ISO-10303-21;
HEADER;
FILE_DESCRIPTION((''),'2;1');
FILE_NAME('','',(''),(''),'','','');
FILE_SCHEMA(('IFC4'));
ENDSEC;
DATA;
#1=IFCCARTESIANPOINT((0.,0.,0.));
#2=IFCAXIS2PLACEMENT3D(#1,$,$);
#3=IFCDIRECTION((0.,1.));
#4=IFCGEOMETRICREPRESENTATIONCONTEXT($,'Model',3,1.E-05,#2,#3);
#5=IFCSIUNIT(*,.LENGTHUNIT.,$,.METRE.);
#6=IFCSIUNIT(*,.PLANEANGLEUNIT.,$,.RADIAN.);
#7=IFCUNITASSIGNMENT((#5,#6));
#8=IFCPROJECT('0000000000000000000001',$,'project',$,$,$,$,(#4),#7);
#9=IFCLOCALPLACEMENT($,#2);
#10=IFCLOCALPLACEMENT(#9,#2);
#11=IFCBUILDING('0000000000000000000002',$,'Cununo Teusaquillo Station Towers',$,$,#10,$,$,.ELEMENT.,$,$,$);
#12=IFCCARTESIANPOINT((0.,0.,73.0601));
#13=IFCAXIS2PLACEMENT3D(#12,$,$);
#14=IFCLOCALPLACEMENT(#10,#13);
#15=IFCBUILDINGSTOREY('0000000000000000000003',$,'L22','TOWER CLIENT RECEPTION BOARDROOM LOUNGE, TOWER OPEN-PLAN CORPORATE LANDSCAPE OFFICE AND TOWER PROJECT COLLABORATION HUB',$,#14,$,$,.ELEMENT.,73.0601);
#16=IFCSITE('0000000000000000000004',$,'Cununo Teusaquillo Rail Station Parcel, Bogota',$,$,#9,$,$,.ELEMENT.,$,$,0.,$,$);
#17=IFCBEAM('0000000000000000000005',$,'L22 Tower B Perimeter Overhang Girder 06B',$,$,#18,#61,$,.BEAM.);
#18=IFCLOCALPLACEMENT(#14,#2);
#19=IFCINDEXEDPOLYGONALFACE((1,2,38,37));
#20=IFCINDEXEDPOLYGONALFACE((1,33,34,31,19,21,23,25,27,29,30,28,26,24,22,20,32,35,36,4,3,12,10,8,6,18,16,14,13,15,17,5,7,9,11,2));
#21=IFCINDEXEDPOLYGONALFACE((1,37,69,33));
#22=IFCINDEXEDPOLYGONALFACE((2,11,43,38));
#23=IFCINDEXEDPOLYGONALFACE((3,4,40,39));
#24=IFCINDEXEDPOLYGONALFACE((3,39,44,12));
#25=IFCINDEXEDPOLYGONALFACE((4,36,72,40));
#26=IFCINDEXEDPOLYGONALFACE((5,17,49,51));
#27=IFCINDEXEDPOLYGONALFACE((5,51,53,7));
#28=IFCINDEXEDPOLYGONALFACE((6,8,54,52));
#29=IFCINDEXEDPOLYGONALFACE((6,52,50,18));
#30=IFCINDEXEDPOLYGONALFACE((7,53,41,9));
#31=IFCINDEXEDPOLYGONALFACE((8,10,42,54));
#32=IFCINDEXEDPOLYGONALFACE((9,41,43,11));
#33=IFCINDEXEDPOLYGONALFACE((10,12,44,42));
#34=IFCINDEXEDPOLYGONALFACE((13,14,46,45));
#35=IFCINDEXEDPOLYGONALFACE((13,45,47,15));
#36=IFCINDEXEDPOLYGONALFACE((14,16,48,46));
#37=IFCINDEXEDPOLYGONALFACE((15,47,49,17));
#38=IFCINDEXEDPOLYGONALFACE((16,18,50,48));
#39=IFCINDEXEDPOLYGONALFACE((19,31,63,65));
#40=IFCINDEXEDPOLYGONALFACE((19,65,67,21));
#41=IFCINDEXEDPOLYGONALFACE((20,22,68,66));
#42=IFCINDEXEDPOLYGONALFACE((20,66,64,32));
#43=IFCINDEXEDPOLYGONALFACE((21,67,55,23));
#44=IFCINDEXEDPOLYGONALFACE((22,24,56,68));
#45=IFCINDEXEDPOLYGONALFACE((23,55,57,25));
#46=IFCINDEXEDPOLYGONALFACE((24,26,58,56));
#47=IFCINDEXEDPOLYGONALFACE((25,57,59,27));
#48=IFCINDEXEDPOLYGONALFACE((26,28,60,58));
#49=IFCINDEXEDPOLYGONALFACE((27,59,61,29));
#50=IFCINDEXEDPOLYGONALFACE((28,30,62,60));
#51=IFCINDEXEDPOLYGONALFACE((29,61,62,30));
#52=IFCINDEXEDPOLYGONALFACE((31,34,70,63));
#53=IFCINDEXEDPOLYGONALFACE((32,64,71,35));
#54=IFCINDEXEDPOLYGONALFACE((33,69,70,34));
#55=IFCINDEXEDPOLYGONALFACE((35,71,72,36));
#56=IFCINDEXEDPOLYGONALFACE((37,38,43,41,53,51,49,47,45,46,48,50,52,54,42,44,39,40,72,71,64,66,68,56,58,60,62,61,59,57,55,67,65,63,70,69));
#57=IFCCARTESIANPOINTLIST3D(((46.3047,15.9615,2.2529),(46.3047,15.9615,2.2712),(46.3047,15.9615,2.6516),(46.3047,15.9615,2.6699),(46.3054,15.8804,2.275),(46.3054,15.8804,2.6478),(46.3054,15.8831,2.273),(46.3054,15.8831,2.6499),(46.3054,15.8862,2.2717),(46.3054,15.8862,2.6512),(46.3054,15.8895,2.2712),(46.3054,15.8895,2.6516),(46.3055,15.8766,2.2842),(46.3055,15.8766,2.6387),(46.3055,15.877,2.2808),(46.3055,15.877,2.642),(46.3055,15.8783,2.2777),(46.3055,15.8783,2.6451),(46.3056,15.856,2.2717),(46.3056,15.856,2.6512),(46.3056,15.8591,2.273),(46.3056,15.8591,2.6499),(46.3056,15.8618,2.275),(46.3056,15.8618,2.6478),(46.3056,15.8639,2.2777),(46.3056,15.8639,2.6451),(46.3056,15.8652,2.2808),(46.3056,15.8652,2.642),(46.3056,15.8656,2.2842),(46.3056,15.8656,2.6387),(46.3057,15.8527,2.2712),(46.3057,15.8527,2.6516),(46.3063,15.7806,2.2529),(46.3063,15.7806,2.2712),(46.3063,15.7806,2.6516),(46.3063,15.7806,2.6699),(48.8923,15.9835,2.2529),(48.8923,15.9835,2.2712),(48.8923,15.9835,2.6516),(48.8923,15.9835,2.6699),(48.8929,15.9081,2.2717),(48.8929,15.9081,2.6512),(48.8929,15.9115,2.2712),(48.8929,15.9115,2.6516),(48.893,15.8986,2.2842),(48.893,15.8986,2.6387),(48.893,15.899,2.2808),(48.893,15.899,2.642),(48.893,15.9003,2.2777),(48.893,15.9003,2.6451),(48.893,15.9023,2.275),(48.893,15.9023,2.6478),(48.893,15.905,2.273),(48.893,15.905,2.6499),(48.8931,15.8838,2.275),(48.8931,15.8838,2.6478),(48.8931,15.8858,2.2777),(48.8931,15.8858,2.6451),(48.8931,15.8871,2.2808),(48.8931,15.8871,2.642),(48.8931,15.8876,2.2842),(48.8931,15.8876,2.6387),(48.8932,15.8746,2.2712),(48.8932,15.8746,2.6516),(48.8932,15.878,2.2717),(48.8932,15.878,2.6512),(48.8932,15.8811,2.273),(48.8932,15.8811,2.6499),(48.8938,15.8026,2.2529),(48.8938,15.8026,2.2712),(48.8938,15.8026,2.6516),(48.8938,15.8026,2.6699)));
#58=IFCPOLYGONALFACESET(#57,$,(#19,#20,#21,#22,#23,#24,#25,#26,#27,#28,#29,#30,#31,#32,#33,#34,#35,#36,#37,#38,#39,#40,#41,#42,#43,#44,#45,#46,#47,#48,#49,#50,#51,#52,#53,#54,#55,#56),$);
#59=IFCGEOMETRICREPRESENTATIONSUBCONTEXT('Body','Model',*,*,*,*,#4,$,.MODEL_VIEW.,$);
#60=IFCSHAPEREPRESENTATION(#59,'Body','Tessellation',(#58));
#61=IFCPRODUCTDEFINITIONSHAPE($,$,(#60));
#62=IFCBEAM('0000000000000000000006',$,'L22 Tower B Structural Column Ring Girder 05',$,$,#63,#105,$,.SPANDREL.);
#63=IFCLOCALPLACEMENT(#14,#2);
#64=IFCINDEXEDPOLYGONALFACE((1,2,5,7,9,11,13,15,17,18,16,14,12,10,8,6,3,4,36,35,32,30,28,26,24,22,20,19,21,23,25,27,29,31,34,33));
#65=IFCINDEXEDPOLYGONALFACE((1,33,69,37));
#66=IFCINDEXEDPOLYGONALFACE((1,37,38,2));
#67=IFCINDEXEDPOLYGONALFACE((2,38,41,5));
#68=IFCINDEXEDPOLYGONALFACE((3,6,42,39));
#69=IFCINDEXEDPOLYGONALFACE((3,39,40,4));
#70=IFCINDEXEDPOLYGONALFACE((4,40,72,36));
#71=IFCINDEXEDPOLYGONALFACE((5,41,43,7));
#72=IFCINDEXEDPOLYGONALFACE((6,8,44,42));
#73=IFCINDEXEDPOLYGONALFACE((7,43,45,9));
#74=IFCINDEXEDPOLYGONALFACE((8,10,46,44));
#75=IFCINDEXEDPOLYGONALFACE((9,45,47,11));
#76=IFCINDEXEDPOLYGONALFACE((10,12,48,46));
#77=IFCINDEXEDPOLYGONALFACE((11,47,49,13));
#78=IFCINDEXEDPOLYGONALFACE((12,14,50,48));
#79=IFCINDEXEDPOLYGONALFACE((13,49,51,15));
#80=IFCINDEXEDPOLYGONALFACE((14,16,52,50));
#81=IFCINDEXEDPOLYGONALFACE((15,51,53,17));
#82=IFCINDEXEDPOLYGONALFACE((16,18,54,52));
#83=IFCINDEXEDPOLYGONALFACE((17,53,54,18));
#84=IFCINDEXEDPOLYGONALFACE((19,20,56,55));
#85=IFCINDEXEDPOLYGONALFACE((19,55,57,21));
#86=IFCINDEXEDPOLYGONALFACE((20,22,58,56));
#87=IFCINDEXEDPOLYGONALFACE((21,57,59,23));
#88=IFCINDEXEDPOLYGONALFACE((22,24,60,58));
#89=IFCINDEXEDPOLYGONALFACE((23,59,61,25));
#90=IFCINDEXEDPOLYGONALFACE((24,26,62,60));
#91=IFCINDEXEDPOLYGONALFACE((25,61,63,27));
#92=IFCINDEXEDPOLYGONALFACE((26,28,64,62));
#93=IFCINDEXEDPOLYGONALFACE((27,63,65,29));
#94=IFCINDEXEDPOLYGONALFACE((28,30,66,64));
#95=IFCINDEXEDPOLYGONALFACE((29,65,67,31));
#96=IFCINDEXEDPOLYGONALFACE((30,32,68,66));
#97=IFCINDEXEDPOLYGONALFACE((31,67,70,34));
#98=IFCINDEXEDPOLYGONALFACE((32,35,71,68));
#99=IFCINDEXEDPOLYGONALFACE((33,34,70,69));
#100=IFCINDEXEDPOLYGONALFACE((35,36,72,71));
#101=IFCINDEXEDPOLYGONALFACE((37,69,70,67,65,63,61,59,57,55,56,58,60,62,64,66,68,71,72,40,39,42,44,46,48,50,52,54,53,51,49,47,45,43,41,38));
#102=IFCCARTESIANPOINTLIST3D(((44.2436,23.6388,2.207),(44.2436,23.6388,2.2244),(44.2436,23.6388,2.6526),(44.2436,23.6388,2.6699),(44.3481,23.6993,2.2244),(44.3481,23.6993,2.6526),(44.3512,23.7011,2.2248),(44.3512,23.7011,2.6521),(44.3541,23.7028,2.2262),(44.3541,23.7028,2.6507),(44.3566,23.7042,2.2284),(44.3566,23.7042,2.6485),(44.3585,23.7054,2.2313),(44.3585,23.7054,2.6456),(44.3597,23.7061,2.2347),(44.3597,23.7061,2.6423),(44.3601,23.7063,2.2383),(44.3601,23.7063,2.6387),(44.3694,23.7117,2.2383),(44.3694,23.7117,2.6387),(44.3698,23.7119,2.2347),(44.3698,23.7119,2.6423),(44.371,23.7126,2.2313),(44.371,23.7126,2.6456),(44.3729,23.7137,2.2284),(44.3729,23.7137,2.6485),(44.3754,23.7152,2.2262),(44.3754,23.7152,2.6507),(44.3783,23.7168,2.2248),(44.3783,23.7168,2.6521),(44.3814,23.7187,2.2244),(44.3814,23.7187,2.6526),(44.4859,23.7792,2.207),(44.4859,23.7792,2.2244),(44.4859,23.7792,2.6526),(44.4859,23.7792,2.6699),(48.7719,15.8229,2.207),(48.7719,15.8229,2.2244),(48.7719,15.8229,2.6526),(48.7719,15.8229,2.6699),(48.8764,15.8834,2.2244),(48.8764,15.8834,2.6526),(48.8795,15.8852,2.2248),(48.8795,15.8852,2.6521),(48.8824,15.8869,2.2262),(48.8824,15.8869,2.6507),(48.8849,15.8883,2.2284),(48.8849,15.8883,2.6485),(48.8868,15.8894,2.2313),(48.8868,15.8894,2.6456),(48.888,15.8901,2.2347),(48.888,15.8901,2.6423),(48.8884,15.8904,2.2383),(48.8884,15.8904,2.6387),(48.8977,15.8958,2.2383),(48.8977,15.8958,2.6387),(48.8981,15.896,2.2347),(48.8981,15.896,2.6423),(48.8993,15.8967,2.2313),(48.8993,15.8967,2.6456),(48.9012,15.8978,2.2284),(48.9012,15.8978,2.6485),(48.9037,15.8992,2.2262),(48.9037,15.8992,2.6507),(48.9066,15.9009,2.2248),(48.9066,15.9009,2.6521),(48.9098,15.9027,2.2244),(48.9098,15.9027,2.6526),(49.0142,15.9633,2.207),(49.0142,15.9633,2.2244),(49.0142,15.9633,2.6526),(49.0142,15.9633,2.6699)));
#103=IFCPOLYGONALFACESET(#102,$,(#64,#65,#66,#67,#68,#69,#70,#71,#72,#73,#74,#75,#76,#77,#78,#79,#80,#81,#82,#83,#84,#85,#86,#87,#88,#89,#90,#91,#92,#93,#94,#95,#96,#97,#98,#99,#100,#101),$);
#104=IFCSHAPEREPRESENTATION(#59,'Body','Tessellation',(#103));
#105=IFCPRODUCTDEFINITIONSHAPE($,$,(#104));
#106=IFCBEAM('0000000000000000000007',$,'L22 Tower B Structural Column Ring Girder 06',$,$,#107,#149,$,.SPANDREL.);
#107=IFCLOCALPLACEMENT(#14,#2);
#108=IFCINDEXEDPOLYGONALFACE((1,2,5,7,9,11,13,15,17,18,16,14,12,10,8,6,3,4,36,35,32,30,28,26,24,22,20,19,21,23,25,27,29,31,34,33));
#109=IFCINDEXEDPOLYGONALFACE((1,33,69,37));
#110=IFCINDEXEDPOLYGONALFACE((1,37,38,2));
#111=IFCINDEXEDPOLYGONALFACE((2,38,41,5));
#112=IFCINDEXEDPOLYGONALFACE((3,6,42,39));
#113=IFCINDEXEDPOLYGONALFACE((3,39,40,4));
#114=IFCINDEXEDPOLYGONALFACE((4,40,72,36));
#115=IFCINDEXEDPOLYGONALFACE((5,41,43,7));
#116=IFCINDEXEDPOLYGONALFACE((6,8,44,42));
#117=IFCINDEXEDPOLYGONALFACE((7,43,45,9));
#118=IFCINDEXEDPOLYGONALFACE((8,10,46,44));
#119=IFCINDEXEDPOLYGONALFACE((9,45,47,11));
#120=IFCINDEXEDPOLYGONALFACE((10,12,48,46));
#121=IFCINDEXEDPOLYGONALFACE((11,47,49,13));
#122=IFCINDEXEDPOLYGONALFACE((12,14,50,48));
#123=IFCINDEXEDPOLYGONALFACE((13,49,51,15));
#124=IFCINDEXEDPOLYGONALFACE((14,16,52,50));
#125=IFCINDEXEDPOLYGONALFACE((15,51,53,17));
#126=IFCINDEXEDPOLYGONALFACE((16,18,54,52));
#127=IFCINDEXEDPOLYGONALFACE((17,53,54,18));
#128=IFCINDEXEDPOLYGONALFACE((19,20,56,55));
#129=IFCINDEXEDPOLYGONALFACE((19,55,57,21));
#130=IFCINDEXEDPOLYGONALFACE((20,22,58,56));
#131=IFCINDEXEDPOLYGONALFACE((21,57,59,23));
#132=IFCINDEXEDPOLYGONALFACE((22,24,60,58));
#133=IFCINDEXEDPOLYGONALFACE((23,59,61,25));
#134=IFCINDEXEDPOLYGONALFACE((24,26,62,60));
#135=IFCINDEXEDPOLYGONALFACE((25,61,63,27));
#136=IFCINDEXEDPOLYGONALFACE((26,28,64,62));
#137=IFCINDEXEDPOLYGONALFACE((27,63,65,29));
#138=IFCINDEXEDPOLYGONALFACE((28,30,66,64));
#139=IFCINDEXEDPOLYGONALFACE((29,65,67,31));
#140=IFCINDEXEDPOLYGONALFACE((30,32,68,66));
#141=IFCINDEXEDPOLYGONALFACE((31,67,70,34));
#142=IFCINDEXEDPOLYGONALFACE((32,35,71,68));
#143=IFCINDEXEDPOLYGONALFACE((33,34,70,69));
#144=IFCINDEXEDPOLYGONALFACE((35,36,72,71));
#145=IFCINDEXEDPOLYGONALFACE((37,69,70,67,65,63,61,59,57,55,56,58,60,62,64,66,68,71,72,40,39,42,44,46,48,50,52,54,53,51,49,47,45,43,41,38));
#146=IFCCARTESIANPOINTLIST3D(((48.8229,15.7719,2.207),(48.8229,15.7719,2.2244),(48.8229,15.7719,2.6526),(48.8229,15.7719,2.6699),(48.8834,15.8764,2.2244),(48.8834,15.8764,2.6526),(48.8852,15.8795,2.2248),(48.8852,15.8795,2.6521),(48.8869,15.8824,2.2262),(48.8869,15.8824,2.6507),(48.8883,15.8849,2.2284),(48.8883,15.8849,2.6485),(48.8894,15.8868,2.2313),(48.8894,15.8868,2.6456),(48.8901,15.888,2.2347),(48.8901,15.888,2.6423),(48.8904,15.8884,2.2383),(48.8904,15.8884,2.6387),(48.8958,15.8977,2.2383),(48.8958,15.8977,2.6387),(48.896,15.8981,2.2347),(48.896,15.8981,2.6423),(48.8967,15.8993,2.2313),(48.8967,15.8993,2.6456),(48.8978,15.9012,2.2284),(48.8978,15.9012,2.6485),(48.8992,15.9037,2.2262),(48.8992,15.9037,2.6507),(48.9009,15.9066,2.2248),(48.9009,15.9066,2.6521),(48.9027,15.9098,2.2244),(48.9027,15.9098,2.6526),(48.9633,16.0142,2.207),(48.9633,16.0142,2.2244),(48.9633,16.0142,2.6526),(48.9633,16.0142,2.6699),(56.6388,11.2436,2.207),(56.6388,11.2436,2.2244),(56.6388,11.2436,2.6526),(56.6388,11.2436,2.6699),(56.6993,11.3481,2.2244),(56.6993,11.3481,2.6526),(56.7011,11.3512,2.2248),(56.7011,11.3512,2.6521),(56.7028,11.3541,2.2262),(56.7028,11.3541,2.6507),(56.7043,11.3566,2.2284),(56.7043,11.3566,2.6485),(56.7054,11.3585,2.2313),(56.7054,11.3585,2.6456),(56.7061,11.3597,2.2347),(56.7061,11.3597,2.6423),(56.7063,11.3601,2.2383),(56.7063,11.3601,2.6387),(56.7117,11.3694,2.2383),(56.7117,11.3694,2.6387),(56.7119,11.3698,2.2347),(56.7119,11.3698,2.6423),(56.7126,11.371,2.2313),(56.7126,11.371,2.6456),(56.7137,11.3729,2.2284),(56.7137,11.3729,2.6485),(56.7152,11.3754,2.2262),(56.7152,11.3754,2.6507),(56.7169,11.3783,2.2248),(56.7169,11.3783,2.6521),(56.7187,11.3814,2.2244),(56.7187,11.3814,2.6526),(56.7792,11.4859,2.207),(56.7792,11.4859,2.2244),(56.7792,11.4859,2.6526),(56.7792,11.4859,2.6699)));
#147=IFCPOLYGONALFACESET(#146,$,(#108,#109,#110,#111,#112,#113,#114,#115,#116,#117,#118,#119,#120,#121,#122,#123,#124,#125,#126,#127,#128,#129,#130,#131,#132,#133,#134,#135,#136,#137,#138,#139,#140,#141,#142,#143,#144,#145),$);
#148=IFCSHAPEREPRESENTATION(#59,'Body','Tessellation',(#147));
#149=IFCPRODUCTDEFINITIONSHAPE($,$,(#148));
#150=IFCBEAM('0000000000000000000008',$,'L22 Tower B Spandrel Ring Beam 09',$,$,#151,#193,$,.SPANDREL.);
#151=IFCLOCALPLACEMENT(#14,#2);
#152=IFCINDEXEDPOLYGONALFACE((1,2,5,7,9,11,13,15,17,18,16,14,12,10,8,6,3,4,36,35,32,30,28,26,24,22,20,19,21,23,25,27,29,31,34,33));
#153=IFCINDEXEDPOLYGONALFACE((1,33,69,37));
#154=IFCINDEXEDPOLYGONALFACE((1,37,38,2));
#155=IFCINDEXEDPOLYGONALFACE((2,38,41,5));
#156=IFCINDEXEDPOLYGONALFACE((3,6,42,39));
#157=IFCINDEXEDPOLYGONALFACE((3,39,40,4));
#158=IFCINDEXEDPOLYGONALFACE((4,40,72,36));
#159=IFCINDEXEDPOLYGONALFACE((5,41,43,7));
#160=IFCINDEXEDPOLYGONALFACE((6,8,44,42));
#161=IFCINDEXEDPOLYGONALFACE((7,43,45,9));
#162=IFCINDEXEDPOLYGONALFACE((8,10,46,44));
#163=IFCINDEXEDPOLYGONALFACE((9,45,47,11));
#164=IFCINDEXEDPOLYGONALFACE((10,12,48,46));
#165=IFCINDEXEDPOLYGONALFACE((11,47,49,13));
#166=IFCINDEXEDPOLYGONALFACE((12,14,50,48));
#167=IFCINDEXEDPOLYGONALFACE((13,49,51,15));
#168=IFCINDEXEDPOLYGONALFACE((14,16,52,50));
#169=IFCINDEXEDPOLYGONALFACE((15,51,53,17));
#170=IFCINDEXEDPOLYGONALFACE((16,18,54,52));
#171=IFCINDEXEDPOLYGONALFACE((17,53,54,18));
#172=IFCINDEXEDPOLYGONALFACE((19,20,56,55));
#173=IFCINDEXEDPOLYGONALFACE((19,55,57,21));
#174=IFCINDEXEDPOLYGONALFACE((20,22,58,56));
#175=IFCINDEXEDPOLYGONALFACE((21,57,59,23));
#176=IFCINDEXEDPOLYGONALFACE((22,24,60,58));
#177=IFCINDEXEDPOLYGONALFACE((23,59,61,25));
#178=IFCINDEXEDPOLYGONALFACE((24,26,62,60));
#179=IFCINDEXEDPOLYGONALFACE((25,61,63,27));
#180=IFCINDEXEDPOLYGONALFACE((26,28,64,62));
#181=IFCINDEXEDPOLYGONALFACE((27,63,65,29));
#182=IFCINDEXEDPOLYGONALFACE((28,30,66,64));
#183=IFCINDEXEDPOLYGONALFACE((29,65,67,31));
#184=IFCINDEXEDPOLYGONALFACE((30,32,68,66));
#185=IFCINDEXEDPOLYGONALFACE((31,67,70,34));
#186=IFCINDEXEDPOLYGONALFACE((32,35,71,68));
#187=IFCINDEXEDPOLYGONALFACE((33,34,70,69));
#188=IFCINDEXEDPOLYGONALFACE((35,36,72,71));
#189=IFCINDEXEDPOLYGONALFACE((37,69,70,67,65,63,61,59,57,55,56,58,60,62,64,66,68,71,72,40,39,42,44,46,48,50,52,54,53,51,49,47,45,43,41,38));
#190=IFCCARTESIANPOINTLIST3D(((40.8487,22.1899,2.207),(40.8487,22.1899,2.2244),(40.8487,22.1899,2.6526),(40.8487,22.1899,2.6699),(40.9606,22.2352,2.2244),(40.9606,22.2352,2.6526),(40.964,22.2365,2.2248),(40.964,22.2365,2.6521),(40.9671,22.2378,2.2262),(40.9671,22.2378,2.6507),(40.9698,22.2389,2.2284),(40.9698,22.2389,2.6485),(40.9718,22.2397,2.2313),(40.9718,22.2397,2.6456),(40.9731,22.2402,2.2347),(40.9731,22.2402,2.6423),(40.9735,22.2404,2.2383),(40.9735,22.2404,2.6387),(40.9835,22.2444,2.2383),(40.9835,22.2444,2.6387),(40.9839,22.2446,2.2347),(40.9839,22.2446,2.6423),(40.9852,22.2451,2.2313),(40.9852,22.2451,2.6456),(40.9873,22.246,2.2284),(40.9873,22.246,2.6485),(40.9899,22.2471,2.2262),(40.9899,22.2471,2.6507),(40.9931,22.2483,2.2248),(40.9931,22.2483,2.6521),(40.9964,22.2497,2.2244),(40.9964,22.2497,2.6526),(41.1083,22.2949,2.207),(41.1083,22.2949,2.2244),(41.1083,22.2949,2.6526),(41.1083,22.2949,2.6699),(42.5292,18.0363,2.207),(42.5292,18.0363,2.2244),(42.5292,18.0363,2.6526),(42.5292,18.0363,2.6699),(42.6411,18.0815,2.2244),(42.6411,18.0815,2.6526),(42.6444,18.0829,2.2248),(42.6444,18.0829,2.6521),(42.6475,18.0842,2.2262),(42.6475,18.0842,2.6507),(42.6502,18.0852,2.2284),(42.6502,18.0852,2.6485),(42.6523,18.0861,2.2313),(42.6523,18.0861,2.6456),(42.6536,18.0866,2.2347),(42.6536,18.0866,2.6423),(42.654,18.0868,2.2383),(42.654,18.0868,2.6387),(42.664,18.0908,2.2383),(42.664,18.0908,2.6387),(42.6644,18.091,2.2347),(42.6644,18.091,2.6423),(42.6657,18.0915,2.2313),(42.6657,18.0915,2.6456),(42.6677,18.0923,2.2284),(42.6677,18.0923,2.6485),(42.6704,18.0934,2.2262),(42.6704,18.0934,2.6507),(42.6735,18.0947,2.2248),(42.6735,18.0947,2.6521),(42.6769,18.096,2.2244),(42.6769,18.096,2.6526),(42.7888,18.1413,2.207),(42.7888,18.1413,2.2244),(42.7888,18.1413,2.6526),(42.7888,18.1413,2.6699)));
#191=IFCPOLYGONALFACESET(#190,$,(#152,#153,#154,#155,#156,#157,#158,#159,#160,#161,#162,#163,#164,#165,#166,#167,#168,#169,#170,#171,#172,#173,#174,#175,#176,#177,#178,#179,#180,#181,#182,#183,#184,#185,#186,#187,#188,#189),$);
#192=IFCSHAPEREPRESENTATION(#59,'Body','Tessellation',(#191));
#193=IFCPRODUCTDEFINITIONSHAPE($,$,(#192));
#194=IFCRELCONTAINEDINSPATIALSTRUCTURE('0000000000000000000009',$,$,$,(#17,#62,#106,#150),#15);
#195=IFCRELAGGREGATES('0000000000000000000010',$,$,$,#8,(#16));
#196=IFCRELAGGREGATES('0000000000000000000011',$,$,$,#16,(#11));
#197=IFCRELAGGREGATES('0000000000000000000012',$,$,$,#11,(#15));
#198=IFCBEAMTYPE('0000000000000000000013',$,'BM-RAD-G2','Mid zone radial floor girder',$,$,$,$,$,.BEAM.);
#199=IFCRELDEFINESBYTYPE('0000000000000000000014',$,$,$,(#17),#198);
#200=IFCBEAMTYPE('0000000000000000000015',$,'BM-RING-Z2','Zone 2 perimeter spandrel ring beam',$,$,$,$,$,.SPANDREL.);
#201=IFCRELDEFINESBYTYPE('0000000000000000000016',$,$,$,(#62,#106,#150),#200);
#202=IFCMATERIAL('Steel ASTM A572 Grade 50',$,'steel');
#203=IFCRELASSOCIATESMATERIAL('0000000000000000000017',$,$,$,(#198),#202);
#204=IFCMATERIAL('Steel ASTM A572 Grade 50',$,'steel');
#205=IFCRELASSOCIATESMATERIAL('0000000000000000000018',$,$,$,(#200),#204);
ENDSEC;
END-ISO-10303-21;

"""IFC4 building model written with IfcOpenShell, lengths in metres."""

from ifc_helpers import new_model, si_unit, direction, frame, origin, origin_2d, place, context, subcontext, project, spatial, i_section, extrude, material, material_profile, profile_set, type_object, element, save


model = new_model("IFC4")

# Units and contexts
model_context = context("Model", 3, precision=1e-05, world=origin(), true_north=direction((0.0, 1.0)))
body_context = subcontext(model_context, "Body", "Model", "MODEL_VIEW")
ifc_project = project(units=[si_unit("LENGTHUNIT", "METRE"), si_unit("PLANEANGLEUNIT", "RADIAN")], contexts=[model_context])

# Site, building, storey
site_placement = place(None, origin())
site = spatial("IfcSite", under=ifc_project, at=site_placement, Name="Cununo Teusaquillo Rail Station Parcel, Bogota", CompositionType="ELEMENT", RefElevation=0.0)
building_placement = place(site_placement, origin())
building = spatial("IfcBuilding", under=site, at=building_placement, Name="Cununo Teusaquillo Station Towers", CompositionType="ELEMENT")
storey_placement = place(building_placement, frame((0.0, 0.0, 73.0601)))
storey = spatial("IfcBuildingStorey", under=building, at=storey_placement, Name="L22", Description="TOWER CLIENT RECEPTION BOARDROOM LOUNGE, TOWER OPEN-PLAN CORPORATE LANDSCAPE OFFICE AND TOWER PROJECT COLLABORATION HUB", CompositionType="ELEMENT", Elevation=73.0601)

# Beams
ifc_material_1 = material(Name="Steel ASTM A572 Grade 50", Category="steel")
ifc_material_profile_1 = material_profile(ifc_material_1, i_section(OverallWidth=0.1809, OverallDepth=0.417, WebThickness=0.011, FlangeThickness=0.0183, FilletRadius=0.0129, at=origin_2d()), Name="W16X57")
ifc_profile_set_1 = profile_set([ifc_material_profile_1], Name="Steel ASTM A572 Grade 50")
beam_type_1 = type_object("IfcBeamType", Name="BM-RAD-G2", Description="Mid zone radial floor girder", PredefinedType="BEAM", material=ifc_profile_set_1)
beam_1_placement = place(storey_placement, frame((48.8931, 15.8931, 2.4614), z_axis=(-0.999964, -0.008491, 0.0), x_axis=(0.008491, -0.999964, 0.0)))
element("IfcBeam", 1, at=beam_1_placement, inside=storey, type_object=beam_type_1, Name="L22 Tower B Perimeter Overhang Girder 06B", PredefinedType="BEAM", context=body_context, shape_type="SweptSolid", body=[
    extrude(i_section(OverallWidth=0.1809, OverallDepth=0.417, WebThickness=0.011, FlangeThickness=0.0183, FilletRadius=0.0129, at=origin_2d()), origin(), (0.0, 0.0, 1.0), 2.5876),
])
ifc_material_2 = material(Name="Steel ASTM A572 Grade 50", Category="steel")
ifc_material_profile_2 = material_profile(ifc_material_2, i_section(OverallWidth=0.28, OverallDepth=0.4629, WebThickness=0.0107, FlangeThickness=0.0173, FilletRadius=0.0139, at=origin_2d()), Name="W18X76")
ifc_profile_set_2 = profile_set([ifc_material_profile_2], Name="Steel ASTM A572 Grade 50")
beam_type_2 = type_object("IfcBeamType", Name="BM-RING-Z2", Description="Zone 2 perimeter spandrel ring beam", PredefinedType="SPANDREL", material=ifc_profile_set_2)
for number, where, z_axis, x_axis, name in (
    (2, (44.3647, 23.709, 2.4385), (0.501311, -0.865267, 0.0), (0.865267, 0.501311, 0.0), "L22 Tower B Structural Column Ring Girder 05"),
    (3, (48.8931, 15.8931, 2.4385), (0.865267, -0.501311, 0.0), (0.501311, 0.865267, 0.0), "L22 Tower B Structural Column Ring Girder 06"),
):
    element("IfcBeam", number, at=place(storey_placement, frame(where, z_axis=z_axis, x_axis=x_axis)), inside=storey, type_object=beam_type_2, Name=name, PredefinedType="SPANDREL", context=body_context, shape_type="SweptSolid", body=[
        extrude(i_section(OverallWidth=0.28, OverallDepth=0.4629, WebThickness=0.0107, FlangeThickness=0.0173, FilletRadius=0.0139, at=origin_2d()), origin(), (0.0, 0.0, 1.0), 9.033),
    ])
beam_2_placement = place(storey_placement, frame((40.9785, 22.2424, 2.4385), z_axis=(0.375042, -0.927008, 0.0), x_axis=(0.927008, 0.375042, 0.0)))
element("IfcBeam", 4, at=beam_2_placement, inside=storey, type_object=beam_type_2, Name="L22 Tower B Spandrel Ring Beam 09", PredefinedType="SPANDREL", context=body_context, shape_type="SweptSolid", body=[
    extrude(i_section(OverallWidth=0.28, OverallDepth=0.4629, WebThickness=0.0107, FlangeThickness=0.0173, FilletRadius=0.0139, at=origin_2d()), origin(), (0.0, 0.0, 1.0), 4.4807),
])

save(model, "model.ifc")
